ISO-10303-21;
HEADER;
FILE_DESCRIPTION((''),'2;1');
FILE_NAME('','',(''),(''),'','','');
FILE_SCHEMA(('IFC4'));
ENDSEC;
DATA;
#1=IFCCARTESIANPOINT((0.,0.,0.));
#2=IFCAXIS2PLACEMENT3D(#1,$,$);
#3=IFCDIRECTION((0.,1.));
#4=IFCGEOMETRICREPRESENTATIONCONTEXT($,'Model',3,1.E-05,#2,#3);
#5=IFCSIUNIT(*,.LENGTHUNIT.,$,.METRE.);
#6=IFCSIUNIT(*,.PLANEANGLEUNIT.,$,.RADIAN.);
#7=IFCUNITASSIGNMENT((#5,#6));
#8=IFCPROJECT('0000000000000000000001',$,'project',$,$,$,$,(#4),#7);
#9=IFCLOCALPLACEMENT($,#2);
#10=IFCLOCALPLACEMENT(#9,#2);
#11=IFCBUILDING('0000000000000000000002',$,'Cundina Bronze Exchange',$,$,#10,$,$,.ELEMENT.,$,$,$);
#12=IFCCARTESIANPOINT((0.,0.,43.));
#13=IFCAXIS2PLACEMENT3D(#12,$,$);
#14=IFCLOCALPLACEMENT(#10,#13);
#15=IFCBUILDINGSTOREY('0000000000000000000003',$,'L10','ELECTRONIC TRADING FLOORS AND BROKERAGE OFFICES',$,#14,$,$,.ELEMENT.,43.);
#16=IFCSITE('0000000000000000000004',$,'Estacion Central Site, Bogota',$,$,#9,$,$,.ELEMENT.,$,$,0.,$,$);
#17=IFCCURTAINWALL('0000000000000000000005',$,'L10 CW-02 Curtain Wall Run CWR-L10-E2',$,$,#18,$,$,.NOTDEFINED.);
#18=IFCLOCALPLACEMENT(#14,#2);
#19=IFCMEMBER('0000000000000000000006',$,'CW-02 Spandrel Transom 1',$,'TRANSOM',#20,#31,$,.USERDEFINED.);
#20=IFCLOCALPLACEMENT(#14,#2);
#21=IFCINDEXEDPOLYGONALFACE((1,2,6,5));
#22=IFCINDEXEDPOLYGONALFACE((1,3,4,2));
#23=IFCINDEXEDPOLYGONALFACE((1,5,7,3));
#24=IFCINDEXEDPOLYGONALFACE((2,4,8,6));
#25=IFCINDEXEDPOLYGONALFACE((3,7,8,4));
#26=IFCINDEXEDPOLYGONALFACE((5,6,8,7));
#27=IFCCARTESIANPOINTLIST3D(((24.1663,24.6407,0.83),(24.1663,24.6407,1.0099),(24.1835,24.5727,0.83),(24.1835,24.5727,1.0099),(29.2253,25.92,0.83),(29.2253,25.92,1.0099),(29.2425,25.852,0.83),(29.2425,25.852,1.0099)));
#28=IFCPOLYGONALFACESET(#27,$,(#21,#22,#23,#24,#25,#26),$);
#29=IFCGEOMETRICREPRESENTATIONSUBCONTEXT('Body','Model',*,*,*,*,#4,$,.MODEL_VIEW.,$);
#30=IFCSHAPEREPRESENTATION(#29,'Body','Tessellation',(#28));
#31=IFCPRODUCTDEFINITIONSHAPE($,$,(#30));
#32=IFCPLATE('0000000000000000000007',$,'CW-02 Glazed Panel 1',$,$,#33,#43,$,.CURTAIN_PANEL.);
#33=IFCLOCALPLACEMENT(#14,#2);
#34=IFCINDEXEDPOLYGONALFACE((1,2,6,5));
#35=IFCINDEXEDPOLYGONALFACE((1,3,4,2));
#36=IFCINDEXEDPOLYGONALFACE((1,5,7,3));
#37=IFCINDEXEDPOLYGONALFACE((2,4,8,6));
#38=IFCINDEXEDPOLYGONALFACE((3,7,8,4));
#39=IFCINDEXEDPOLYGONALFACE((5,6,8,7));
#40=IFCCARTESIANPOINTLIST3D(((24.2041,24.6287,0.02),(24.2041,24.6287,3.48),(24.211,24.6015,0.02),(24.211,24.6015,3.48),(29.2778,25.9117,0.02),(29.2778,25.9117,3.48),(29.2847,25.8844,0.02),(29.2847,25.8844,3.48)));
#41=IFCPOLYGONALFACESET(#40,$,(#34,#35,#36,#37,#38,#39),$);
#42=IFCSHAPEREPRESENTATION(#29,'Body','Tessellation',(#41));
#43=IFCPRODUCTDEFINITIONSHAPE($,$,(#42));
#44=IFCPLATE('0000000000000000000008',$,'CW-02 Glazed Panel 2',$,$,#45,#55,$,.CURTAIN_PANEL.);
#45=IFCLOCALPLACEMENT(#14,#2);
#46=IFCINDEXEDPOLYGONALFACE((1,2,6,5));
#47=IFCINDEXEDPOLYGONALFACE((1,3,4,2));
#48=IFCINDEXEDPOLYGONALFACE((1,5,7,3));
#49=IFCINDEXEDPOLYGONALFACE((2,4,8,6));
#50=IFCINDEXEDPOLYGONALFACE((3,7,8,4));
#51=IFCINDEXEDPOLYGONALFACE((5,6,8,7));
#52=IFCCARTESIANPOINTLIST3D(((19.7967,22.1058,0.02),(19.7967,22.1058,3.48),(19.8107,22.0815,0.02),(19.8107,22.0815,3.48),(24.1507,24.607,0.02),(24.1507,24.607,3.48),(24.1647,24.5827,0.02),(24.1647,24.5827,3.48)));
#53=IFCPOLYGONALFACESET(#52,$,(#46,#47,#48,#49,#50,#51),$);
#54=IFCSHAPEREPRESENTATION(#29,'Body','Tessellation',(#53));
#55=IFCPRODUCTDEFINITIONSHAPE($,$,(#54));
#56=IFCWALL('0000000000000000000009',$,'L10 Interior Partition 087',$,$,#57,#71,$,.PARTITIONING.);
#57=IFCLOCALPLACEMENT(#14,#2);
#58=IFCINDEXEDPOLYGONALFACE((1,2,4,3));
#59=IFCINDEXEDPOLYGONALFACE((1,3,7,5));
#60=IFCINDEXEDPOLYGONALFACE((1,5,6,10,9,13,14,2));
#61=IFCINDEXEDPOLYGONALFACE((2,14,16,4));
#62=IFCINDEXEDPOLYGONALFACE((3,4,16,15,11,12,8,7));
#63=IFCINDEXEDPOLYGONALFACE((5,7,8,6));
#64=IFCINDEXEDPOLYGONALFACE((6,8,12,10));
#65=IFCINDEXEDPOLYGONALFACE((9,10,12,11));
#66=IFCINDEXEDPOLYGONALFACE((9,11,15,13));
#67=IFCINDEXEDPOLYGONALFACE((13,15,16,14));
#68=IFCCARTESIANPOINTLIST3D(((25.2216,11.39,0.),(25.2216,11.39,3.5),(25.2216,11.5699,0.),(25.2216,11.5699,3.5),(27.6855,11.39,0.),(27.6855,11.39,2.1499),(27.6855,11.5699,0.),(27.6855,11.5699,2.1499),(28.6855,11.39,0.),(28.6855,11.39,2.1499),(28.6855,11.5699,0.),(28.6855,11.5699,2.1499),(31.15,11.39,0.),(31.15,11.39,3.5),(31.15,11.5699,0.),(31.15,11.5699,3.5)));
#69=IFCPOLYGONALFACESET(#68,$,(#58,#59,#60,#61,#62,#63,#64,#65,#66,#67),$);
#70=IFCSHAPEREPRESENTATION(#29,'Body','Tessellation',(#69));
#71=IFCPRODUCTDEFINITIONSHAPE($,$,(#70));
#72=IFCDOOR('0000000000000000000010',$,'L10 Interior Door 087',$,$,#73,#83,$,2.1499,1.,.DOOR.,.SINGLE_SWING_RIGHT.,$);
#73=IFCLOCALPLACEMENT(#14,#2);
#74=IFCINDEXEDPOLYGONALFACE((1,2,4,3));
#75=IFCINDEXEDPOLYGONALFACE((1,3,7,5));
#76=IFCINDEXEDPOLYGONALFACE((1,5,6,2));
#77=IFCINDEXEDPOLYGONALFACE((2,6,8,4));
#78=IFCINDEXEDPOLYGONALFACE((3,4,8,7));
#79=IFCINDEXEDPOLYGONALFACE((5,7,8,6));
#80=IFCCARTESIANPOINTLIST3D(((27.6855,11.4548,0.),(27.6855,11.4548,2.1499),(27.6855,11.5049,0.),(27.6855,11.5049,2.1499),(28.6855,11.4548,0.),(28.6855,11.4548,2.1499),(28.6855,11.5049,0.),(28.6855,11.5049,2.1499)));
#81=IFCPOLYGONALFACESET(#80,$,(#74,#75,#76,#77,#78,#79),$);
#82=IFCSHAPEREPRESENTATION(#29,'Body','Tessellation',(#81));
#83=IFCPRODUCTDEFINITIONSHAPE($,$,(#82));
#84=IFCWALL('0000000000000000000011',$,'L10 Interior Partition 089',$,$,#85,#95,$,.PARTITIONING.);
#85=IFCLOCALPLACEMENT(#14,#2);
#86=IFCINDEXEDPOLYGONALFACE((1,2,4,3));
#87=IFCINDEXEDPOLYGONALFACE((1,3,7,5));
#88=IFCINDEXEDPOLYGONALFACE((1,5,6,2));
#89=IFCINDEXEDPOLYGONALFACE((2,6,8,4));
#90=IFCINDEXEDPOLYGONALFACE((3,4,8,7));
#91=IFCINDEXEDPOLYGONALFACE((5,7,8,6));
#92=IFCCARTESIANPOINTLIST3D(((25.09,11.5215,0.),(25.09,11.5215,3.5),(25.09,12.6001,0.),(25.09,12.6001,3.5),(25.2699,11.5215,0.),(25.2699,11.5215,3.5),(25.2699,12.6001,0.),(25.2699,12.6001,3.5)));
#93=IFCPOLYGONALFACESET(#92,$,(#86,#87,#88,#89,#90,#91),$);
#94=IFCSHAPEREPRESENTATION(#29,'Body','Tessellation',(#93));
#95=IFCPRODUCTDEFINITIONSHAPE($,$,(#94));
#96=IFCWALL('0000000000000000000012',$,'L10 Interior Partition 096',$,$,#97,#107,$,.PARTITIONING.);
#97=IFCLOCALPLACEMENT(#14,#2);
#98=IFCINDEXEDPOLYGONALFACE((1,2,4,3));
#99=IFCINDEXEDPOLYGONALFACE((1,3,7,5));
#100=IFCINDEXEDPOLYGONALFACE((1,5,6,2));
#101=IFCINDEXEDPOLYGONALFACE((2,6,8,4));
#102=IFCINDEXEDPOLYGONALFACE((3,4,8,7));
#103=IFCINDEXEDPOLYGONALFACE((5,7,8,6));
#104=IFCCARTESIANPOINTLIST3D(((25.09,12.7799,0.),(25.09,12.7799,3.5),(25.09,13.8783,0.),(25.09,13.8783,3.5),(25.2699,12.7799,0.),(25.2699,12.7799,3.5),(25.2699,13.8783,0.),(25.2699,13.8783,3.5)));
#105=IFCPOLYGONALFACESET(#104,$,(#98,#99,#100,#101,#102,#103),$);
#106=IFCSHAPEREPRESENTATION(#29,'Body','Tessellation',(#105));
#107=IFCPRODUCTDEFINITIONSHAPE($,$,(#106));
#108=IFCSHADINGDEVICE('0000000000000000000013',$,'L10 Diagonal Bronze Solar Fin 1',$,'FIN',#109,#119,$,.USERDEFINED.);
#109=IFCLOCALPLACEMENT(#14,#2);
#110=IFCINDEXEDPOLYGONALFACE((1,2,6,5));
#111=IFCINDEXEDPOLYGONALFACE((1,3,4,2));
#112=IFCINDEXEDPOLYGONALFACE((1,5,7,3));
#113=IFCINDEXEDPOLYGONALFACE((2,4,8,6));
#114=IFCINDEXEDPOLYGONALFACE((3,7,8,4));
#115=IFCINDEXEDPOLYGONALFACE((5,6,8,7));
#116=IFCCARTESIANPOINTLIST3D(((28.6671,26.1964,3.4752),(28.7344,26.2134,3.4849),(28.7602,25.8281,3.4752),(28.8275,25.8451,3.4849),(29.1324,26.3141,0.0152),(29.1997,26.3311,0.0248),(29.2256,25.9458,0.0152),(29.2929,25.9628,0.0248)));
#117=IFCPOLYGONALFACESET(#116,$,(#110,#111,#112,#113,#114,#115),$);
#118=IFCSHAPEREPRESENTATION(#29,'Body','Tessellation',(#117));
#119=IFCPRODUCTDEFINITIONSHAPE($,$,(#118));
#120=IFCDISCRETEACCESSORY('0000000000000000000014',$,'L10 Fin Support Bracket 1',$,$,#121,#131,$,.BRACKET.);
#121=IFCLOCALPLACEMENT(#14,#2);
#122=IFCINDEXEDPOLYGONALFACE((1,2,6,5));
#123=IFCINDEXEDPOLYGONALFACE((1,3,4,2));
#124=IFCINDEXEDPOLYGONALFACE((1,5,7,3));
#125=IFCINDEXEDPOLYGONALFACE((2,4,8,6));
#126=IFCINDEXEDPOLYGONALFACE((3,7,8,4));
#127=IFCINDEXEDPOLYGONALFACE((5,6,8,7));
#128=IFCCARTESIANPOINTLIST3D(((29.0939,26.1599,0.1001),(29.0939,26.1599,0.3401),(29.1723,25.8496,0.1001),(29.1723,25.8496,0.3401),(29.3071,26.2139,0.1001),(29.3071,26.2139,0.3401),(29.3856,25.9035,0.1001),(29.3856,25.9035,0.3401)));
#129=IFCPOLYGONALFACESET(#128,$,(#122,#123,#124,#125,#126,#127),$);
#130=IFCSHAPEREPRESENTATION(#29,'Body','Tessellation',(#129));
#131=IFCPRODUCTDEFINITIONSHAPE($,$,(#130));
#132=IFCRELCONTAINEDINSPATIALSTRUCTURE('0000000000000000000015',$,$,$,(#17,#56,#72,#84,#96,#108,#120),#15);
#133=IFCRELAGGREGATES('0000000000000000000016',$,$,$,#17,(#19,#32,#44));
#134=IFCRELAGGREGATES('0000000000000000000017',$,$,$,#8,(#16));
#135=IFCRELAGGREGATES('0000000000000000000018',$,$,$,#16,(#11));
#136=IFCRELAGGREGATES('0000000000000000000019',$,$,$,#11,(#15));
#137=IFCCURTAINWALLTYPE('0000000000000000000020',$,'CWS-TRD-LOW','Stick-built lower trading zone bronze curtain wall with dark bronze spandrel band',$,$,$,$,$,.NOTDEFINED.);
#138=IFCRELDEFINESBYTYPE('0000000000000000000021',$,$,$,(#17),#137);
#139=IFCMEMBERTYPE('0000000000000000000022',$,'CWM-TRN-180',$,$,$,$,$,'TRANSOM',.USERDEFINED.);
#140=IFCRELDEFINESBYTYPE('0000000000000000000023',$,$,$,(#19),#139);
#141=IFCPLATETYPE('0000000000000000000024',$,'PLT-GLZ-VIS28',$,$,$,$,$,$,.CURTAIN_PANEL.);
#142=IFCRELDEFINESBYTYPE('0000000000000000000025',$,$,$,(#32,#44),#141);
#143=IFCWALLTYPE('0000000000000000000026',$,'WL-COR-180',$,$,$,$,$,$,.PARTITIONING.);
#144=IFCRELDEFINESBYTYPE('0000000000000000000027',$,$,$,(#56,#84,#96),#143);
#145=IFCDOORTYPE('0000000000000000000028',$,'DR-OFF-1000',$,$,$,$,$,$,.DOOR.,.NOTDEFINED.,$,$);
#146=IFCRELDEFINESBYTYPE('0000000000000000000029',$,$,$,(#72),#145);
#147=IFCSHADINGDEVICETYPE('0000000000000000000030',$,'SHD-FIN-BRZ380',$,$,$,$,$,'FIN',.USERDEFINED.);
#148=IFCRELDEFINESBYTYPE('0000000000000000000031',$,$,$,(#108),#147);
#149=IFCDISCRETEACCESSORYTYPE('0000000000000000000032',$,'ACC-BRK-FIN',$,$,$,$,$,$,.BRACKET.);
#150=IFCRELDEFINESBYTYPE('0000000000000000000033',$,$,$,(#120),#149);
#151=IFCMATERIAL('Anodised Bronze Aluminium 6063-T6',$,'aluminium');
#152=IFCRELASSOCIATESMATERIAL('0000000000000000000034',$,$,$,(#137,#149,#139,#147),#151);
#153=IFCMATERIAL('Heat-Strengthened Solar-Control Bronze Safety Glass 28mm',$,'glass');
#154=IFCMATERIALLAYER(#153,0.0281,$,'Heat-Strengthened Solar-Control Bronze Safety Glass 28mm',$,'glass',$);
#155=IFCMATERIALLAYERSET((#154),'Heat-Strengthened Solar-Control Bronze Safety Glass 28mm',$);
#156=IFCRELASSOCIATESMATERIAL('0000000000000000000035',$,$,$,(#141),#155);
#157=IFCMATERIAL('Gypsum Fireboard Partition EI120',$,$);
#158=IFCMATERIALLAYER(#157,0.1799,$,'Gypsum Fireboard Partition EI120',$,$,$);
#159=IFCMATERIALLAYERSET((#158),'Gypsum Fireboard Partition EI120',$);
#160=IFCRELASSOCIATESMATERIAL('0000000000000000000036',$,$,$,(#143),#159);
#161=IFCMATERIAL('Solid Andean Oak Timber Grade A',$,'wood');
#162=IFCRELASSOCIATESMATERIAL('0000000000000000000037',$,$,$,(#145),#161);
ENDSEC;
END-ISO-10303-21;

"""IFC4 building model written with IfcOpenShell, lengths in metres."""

from ifc_helpers import new_model, si_unit, direction, frame, frame_2d, origin, origin_2d, place, context, subcontext, project, spatial, rectangle, extrude, material, layer, layer_set, material_profile, profile_set, type_object, element, fill, aggregate, save


model = new_model("IFC4")

# Units and contexts
model_context = context("Model", 3, precision=1e-05, world=origin(), true_north=direction((0.0, 1.0)))
body_context = subcontext(model_context, "Body", "Model", "MODEL_VIEW")
ifc_project = project(units=[si_unit("LENGTHUNIT", "METRE"), si_unit("PLANEANGLEUNIT", "RADIAN")], contexts=[model_context])

# Site, building, storey
site_placement = place(None, origin())
site = spatial("IfcSite", under=ifc_project, at=site_placement, Name="Estacion Central Site, Bogota", CompositionType="ELEMENT", RefElevation=0.0)
building_placement = place(site_placement, origin())
building = spatial("IfcBuilding", under=site, at=building_placement, Name="Cundina Bronze Exchange", CompositionType="ELEMENT")
storey_placement = place(building_placement, frame((0.0, 0.0, 43.0)))
storey = spatial("IfcBuildingStorey", under=building, at=storey_placement, Name="L10", Description="ELECTRONIC TRADING FLOORS AND BROKERAGE OFFICES", CompositionType="ELEMENT", Elevation=43.0)

# Shared definitions
ifc_material_1 = material(Name="Anodised Bronze Aluminium 6063-T6", Category="aluminium")
curtain_wall_type = type_object("IfcCurtainWallType", Name="CWS-TRD-LOW", Description="Stick-built lower trading zone bronze curtain wall with dark bronze spandrel band", PredefinedType="NOTDEFINED", material=ifc_material_1)

# Curtain wall, member, plates
curtain_wall_1_placement = place(storey_placement, origin())
curtain_wall_1 = element("IfcCurtainWall", 1, at=curtain_wall_1_placement, inside=storey, type_object=curtain_wall_type, Name="L10 CW-02 Curtain Wall Run CWR-L10-E2", PredefinedType="NOTDEFINED")
ifc_material_profile_1 = material_profile(ifc_material_1, rectangle(XDim=0.0701, YDim=0.1799, at=origin_2d()), Name="AL70X180", Category="aluminium")
ifc_profile_set_1 = profile_set([ifc_material_profile_1], Name="Anodised Bronze Aluminium 6063-T6")
member_type_1 = type_object("IfcMemberType", Name="CWM-TRN-180", ElementType="TRANSOM", PredefinedType="USERDEFINED", material=ifc_profile_set_1)
member_1_placement = place(storey_placement, frame((29.2339, 25.886, 0.9199), z_axis=(-0.969484, -0.245155, 0.0), x_axis=(0.245155, -0.969484, 0.0)))
member_1 = element("IfcMember", 2, at=member_1_placement, type_object=member_type_1, Name="CW-02 Spandrel Transom 1", ObjectType="TRANSOM", PredefinedType="USERDEFINED", context=body_context, shape_type="SweptSolid", body=[
    extrude(rectangle(XDim=0.0701, YDim=0.1799, at=origin_2d()), origin(), (0.0, 0.0, 1.0), 5.2183),
])
ifc_material_2 = material(Name="Heat-Strengthened Solar-Control Bronze Safety Glass 28mm", Category="glass")
ifc_layer_1 = layer(ifc_material_2, 0.0281, Name="Heat-Strengthened Solar-Control Bronze Safety Glass 28mm", Category="glass")
ifc_layer_set_1 = layer_set([ifc_layer_1], Name="Heat-Strengthened Solar-Control Bronze Safety Glass 28mm")
plate_type = type_object("IfcPlateType", Name="PLT-GLZ-VIS28", PredefinedType="CURTAIN_PANEL", material=ifc_layer_set_1)
plate_1_placement = place(storey_placement, frame((26.7444, 25.2566, 0.02), z_axis=(0.0, 0.0, 1.0), x_axis=(-0.969488, -0.245138, 0.0)))
plate_1 = element("IfcPlate", 3, at=plate_1_placement, type_object=plate_type, Name="CW-02 Glazed Panel 1", PredefinedType="CURTAIN_PANEL", context=body_context, shape_type="SweptSolid", body=[
    extrude(rectangle(XDim=5.2334, YDim=0.0281, at=origin_2d()), origin(), (0.0, 0.0, 1.0), 3.46),
])
plate_2_placement = place(storey_placement, frame((21.9807, 23.3442, 0.02), z_axis=(0.0, 0.0, 1.0), x_axis=(-0.867105, -0.498125, 0.0)))
plate_2 = element("IfcPlate", 4, at=plate_2_placement, type_object=plate_type, Name="CW-02 Glazed Panel 2", PredefinedType="CURTAIN_PANEL", context=body_context, shape_type="SweptSolid", body=[
    extrude(rectangle(XDim=5.0212, YDim=0.0281, at=origin_2d()), origin(), (0.0, 0.0, 1.0), 3.46),
])
aggregate(curtain_wall_1, [member_1, plate_1, plate_2])

# Wall, opening, door
ifc_material_3 = material(Name="Gypsum Fireboard Partition EI120")
ifc_layer_2 = layer(ifc_material_3, 0.1799, Name="Gypsum Fireboard Partition EI120")
ifc_layer_set_2 = layer_set([ifc_layer_2], Name="Gypsum Fireboard Partition EI120")
wall_type = type_object("IfcWallType", Name="WL-COR-180", PredefinedType="PARTITIONING", material=ifc_layer_set_2)
wall_1_placement = place(storey_placement, frame((25.2214, 11.48, 0.0), z_axis=(0.0, 0.0, 1.0), x_axis=(1.0, 0.0, 0.0)))
wall_1 = element("IfcWall", 5, at=wall_1_placement, inside=storey, type_object=wall_type, Name="L10 Interior Partition 087", PredefinedType="PARTITIONING", context=body_context, shape_type="SweptSolid", body=[
    extrude(rectangle(XDim=5.9285, YDim=0.1799, at=frame_2d((2.9644, 0.0))), origin(), (0.0, 0.0, 1.0), 3.5),
])
opening_placement = place(wall_1_placement, frame((2.4641, 0.0, 0.0)))
opening = element("IfcOpeningElement", 6, at=opening_placement, cuts=wall_1, PredefinedType="OPENING", context=body_context, shape_type="SweptSolid", body=[
    extrude(rectangle(XDim=1.0, YDim=2.1499, at=frame_2d((0.5, 1.075))), frame((0.0, 0.0999, 0.0), z_axis=(0.0, -1.0, 0.0), x_axis=(1.0, 0.0, 0.0)), (0.0, 0.0, 1.0), 0.2),
])
ifc_material_4 = material(Name="Solid Andean Oak Timber Grade A", Category="wood")
door_type = type_object("IfcDoorType", Name="DR-OFF-1000", OperationType="NOTDEFINED", PredefinedType="DOOR", material=ifc_material_4)
door_placement = place(opening_placement, origin())
door = element("IfcDoor", 7, at=door_placement, inside=storey, type_object=door_type, Name="L10 Interior Door 087", OperationType="SINGLE_SWING_RIGHT", OverallHeight=2.1499, OverallWidth=1.0, PredefinedType="DOOR", context=body_context, shape_type="SweptSolid", body=[
    extrude(rectangle(XDim=1.0, YDim=2.1499, at=frame_2d((0.5, 1.075))), frame((0.0, 0.0249, 0.0), z_axis=(0.0, -1.0, 0.0), x_axis=(1.0, 0.0, 0.0)), (0.0, 0.0, 1.0), 0.05),
])
fill(opening, door)

# Walls
wall_2_placement = place(storey_placement, frame((25.1799, 12.6001, 0.0), z_axis=(0.0, 0.0, 1.0), x_axis=(0.0, -1.0, 0.0)))
element("IfcWall", 8, at=wall_2_placement, inside=storey, type_object=wall_type, Name="L10 Interior Partition 089", PredefinedType="PARTITIONING", context=body_context, shape_type="SweptSolid", body=[
    extrude(rectangle(XDim=1.0786, YDim=0.1799, at=frame_2d((0.5393, 0.0))), origin(), (0.0, 0.0, 1.0), 3.5),
])
wall_3_placement = place(storey_placement, frame((25.1799, 13.8784, 0.0), z_axis=(0.0, 0.0, 1.0), x_axis=(0.0, -1.0, 0.0)))
element("IfcWall", 9, at=wall_3_placement, inside=storey, type_object=wall_type, Name="L10 Interior Partition 096", PredefinedType="PARTITIONING", context=body_context, shape_type="SweptSolid", body=[
    extrude(rectangle(XDim=1.0984, YDim=0.1799, at=frame_2d((0.5493, 0.0))), origin(), (0.0, 0.0, 1.0), 3.5),
])

# Shading device
ifc_material_profile_2 = material_profile(ifc_material_1, rectangle(XDim=0.0701, YDim=0.3799, at=origin_2d()), Name="FIN70X380", Category="aluminium")
ifc_profile_set_2 = profile_set([ifc_material_profile_2], Name="Anodised Bronze Aluminium 6063-T6")
shading_device_type = type_object("IfcShadingDeviceType", Name="SHD-FIN-BRZ380", ElementType="FIN", PredefinedType="USERDEFINED", material=ifc_profile_set_2)
shading_device_placement = place(storey_placement, frame((29.2126, 26.1384, 0.02), z_axis=(-0.133215, -0.033688, 0.990514), x_axis=(0.960285, 0.242842, 0.137408)))
element("IfcShadingDevice", 10, at=shading_device_placement, inside=storey, type_object=shading_device_type, Name="L10 Diagonal Bronze Solar Fin 1", ObjectType="FIN", PredefinedType="USERDEFINED", context=body_context, shape_type="SweptSolid", body=[
    extrude(rectangle(XDim=0.0701, YDim=0.3799, at=origin_2d()), origin(), (0.0, 0.0, 1.0), 3.4932),
])

# Discrete accessory
discrete_accessory_type = type_object("IfcDiscreteAccessoryType", Name="ACC-BRK-FIN", PredefinedType="BRACKET", material=ifc_material_1)
discrete_accessory_placement = place(storey_placement, frame((29.2397, 26.0317, 0.1001), z_axis=(0.0, 0.0, 1.0), x_axis=(-0.969488, -0.245138, 0.0)))
element("IfcDiscreteAccessory", 11, at=discrete_accessory_placement, inside=storey, type_object=discrete_accessory_type, Name="L10 Fin Support Bracket 1", PredefinedType="BRACKET", context=body_context, shape_type="SweptSolid", body=[
    extrude(rectangle(XDim=0.22, YDim=0.3201, at=origin_2d()), origin(), (0.0, 0.0, 1.0), 0.24),
])

save(model, "model.ifc")
